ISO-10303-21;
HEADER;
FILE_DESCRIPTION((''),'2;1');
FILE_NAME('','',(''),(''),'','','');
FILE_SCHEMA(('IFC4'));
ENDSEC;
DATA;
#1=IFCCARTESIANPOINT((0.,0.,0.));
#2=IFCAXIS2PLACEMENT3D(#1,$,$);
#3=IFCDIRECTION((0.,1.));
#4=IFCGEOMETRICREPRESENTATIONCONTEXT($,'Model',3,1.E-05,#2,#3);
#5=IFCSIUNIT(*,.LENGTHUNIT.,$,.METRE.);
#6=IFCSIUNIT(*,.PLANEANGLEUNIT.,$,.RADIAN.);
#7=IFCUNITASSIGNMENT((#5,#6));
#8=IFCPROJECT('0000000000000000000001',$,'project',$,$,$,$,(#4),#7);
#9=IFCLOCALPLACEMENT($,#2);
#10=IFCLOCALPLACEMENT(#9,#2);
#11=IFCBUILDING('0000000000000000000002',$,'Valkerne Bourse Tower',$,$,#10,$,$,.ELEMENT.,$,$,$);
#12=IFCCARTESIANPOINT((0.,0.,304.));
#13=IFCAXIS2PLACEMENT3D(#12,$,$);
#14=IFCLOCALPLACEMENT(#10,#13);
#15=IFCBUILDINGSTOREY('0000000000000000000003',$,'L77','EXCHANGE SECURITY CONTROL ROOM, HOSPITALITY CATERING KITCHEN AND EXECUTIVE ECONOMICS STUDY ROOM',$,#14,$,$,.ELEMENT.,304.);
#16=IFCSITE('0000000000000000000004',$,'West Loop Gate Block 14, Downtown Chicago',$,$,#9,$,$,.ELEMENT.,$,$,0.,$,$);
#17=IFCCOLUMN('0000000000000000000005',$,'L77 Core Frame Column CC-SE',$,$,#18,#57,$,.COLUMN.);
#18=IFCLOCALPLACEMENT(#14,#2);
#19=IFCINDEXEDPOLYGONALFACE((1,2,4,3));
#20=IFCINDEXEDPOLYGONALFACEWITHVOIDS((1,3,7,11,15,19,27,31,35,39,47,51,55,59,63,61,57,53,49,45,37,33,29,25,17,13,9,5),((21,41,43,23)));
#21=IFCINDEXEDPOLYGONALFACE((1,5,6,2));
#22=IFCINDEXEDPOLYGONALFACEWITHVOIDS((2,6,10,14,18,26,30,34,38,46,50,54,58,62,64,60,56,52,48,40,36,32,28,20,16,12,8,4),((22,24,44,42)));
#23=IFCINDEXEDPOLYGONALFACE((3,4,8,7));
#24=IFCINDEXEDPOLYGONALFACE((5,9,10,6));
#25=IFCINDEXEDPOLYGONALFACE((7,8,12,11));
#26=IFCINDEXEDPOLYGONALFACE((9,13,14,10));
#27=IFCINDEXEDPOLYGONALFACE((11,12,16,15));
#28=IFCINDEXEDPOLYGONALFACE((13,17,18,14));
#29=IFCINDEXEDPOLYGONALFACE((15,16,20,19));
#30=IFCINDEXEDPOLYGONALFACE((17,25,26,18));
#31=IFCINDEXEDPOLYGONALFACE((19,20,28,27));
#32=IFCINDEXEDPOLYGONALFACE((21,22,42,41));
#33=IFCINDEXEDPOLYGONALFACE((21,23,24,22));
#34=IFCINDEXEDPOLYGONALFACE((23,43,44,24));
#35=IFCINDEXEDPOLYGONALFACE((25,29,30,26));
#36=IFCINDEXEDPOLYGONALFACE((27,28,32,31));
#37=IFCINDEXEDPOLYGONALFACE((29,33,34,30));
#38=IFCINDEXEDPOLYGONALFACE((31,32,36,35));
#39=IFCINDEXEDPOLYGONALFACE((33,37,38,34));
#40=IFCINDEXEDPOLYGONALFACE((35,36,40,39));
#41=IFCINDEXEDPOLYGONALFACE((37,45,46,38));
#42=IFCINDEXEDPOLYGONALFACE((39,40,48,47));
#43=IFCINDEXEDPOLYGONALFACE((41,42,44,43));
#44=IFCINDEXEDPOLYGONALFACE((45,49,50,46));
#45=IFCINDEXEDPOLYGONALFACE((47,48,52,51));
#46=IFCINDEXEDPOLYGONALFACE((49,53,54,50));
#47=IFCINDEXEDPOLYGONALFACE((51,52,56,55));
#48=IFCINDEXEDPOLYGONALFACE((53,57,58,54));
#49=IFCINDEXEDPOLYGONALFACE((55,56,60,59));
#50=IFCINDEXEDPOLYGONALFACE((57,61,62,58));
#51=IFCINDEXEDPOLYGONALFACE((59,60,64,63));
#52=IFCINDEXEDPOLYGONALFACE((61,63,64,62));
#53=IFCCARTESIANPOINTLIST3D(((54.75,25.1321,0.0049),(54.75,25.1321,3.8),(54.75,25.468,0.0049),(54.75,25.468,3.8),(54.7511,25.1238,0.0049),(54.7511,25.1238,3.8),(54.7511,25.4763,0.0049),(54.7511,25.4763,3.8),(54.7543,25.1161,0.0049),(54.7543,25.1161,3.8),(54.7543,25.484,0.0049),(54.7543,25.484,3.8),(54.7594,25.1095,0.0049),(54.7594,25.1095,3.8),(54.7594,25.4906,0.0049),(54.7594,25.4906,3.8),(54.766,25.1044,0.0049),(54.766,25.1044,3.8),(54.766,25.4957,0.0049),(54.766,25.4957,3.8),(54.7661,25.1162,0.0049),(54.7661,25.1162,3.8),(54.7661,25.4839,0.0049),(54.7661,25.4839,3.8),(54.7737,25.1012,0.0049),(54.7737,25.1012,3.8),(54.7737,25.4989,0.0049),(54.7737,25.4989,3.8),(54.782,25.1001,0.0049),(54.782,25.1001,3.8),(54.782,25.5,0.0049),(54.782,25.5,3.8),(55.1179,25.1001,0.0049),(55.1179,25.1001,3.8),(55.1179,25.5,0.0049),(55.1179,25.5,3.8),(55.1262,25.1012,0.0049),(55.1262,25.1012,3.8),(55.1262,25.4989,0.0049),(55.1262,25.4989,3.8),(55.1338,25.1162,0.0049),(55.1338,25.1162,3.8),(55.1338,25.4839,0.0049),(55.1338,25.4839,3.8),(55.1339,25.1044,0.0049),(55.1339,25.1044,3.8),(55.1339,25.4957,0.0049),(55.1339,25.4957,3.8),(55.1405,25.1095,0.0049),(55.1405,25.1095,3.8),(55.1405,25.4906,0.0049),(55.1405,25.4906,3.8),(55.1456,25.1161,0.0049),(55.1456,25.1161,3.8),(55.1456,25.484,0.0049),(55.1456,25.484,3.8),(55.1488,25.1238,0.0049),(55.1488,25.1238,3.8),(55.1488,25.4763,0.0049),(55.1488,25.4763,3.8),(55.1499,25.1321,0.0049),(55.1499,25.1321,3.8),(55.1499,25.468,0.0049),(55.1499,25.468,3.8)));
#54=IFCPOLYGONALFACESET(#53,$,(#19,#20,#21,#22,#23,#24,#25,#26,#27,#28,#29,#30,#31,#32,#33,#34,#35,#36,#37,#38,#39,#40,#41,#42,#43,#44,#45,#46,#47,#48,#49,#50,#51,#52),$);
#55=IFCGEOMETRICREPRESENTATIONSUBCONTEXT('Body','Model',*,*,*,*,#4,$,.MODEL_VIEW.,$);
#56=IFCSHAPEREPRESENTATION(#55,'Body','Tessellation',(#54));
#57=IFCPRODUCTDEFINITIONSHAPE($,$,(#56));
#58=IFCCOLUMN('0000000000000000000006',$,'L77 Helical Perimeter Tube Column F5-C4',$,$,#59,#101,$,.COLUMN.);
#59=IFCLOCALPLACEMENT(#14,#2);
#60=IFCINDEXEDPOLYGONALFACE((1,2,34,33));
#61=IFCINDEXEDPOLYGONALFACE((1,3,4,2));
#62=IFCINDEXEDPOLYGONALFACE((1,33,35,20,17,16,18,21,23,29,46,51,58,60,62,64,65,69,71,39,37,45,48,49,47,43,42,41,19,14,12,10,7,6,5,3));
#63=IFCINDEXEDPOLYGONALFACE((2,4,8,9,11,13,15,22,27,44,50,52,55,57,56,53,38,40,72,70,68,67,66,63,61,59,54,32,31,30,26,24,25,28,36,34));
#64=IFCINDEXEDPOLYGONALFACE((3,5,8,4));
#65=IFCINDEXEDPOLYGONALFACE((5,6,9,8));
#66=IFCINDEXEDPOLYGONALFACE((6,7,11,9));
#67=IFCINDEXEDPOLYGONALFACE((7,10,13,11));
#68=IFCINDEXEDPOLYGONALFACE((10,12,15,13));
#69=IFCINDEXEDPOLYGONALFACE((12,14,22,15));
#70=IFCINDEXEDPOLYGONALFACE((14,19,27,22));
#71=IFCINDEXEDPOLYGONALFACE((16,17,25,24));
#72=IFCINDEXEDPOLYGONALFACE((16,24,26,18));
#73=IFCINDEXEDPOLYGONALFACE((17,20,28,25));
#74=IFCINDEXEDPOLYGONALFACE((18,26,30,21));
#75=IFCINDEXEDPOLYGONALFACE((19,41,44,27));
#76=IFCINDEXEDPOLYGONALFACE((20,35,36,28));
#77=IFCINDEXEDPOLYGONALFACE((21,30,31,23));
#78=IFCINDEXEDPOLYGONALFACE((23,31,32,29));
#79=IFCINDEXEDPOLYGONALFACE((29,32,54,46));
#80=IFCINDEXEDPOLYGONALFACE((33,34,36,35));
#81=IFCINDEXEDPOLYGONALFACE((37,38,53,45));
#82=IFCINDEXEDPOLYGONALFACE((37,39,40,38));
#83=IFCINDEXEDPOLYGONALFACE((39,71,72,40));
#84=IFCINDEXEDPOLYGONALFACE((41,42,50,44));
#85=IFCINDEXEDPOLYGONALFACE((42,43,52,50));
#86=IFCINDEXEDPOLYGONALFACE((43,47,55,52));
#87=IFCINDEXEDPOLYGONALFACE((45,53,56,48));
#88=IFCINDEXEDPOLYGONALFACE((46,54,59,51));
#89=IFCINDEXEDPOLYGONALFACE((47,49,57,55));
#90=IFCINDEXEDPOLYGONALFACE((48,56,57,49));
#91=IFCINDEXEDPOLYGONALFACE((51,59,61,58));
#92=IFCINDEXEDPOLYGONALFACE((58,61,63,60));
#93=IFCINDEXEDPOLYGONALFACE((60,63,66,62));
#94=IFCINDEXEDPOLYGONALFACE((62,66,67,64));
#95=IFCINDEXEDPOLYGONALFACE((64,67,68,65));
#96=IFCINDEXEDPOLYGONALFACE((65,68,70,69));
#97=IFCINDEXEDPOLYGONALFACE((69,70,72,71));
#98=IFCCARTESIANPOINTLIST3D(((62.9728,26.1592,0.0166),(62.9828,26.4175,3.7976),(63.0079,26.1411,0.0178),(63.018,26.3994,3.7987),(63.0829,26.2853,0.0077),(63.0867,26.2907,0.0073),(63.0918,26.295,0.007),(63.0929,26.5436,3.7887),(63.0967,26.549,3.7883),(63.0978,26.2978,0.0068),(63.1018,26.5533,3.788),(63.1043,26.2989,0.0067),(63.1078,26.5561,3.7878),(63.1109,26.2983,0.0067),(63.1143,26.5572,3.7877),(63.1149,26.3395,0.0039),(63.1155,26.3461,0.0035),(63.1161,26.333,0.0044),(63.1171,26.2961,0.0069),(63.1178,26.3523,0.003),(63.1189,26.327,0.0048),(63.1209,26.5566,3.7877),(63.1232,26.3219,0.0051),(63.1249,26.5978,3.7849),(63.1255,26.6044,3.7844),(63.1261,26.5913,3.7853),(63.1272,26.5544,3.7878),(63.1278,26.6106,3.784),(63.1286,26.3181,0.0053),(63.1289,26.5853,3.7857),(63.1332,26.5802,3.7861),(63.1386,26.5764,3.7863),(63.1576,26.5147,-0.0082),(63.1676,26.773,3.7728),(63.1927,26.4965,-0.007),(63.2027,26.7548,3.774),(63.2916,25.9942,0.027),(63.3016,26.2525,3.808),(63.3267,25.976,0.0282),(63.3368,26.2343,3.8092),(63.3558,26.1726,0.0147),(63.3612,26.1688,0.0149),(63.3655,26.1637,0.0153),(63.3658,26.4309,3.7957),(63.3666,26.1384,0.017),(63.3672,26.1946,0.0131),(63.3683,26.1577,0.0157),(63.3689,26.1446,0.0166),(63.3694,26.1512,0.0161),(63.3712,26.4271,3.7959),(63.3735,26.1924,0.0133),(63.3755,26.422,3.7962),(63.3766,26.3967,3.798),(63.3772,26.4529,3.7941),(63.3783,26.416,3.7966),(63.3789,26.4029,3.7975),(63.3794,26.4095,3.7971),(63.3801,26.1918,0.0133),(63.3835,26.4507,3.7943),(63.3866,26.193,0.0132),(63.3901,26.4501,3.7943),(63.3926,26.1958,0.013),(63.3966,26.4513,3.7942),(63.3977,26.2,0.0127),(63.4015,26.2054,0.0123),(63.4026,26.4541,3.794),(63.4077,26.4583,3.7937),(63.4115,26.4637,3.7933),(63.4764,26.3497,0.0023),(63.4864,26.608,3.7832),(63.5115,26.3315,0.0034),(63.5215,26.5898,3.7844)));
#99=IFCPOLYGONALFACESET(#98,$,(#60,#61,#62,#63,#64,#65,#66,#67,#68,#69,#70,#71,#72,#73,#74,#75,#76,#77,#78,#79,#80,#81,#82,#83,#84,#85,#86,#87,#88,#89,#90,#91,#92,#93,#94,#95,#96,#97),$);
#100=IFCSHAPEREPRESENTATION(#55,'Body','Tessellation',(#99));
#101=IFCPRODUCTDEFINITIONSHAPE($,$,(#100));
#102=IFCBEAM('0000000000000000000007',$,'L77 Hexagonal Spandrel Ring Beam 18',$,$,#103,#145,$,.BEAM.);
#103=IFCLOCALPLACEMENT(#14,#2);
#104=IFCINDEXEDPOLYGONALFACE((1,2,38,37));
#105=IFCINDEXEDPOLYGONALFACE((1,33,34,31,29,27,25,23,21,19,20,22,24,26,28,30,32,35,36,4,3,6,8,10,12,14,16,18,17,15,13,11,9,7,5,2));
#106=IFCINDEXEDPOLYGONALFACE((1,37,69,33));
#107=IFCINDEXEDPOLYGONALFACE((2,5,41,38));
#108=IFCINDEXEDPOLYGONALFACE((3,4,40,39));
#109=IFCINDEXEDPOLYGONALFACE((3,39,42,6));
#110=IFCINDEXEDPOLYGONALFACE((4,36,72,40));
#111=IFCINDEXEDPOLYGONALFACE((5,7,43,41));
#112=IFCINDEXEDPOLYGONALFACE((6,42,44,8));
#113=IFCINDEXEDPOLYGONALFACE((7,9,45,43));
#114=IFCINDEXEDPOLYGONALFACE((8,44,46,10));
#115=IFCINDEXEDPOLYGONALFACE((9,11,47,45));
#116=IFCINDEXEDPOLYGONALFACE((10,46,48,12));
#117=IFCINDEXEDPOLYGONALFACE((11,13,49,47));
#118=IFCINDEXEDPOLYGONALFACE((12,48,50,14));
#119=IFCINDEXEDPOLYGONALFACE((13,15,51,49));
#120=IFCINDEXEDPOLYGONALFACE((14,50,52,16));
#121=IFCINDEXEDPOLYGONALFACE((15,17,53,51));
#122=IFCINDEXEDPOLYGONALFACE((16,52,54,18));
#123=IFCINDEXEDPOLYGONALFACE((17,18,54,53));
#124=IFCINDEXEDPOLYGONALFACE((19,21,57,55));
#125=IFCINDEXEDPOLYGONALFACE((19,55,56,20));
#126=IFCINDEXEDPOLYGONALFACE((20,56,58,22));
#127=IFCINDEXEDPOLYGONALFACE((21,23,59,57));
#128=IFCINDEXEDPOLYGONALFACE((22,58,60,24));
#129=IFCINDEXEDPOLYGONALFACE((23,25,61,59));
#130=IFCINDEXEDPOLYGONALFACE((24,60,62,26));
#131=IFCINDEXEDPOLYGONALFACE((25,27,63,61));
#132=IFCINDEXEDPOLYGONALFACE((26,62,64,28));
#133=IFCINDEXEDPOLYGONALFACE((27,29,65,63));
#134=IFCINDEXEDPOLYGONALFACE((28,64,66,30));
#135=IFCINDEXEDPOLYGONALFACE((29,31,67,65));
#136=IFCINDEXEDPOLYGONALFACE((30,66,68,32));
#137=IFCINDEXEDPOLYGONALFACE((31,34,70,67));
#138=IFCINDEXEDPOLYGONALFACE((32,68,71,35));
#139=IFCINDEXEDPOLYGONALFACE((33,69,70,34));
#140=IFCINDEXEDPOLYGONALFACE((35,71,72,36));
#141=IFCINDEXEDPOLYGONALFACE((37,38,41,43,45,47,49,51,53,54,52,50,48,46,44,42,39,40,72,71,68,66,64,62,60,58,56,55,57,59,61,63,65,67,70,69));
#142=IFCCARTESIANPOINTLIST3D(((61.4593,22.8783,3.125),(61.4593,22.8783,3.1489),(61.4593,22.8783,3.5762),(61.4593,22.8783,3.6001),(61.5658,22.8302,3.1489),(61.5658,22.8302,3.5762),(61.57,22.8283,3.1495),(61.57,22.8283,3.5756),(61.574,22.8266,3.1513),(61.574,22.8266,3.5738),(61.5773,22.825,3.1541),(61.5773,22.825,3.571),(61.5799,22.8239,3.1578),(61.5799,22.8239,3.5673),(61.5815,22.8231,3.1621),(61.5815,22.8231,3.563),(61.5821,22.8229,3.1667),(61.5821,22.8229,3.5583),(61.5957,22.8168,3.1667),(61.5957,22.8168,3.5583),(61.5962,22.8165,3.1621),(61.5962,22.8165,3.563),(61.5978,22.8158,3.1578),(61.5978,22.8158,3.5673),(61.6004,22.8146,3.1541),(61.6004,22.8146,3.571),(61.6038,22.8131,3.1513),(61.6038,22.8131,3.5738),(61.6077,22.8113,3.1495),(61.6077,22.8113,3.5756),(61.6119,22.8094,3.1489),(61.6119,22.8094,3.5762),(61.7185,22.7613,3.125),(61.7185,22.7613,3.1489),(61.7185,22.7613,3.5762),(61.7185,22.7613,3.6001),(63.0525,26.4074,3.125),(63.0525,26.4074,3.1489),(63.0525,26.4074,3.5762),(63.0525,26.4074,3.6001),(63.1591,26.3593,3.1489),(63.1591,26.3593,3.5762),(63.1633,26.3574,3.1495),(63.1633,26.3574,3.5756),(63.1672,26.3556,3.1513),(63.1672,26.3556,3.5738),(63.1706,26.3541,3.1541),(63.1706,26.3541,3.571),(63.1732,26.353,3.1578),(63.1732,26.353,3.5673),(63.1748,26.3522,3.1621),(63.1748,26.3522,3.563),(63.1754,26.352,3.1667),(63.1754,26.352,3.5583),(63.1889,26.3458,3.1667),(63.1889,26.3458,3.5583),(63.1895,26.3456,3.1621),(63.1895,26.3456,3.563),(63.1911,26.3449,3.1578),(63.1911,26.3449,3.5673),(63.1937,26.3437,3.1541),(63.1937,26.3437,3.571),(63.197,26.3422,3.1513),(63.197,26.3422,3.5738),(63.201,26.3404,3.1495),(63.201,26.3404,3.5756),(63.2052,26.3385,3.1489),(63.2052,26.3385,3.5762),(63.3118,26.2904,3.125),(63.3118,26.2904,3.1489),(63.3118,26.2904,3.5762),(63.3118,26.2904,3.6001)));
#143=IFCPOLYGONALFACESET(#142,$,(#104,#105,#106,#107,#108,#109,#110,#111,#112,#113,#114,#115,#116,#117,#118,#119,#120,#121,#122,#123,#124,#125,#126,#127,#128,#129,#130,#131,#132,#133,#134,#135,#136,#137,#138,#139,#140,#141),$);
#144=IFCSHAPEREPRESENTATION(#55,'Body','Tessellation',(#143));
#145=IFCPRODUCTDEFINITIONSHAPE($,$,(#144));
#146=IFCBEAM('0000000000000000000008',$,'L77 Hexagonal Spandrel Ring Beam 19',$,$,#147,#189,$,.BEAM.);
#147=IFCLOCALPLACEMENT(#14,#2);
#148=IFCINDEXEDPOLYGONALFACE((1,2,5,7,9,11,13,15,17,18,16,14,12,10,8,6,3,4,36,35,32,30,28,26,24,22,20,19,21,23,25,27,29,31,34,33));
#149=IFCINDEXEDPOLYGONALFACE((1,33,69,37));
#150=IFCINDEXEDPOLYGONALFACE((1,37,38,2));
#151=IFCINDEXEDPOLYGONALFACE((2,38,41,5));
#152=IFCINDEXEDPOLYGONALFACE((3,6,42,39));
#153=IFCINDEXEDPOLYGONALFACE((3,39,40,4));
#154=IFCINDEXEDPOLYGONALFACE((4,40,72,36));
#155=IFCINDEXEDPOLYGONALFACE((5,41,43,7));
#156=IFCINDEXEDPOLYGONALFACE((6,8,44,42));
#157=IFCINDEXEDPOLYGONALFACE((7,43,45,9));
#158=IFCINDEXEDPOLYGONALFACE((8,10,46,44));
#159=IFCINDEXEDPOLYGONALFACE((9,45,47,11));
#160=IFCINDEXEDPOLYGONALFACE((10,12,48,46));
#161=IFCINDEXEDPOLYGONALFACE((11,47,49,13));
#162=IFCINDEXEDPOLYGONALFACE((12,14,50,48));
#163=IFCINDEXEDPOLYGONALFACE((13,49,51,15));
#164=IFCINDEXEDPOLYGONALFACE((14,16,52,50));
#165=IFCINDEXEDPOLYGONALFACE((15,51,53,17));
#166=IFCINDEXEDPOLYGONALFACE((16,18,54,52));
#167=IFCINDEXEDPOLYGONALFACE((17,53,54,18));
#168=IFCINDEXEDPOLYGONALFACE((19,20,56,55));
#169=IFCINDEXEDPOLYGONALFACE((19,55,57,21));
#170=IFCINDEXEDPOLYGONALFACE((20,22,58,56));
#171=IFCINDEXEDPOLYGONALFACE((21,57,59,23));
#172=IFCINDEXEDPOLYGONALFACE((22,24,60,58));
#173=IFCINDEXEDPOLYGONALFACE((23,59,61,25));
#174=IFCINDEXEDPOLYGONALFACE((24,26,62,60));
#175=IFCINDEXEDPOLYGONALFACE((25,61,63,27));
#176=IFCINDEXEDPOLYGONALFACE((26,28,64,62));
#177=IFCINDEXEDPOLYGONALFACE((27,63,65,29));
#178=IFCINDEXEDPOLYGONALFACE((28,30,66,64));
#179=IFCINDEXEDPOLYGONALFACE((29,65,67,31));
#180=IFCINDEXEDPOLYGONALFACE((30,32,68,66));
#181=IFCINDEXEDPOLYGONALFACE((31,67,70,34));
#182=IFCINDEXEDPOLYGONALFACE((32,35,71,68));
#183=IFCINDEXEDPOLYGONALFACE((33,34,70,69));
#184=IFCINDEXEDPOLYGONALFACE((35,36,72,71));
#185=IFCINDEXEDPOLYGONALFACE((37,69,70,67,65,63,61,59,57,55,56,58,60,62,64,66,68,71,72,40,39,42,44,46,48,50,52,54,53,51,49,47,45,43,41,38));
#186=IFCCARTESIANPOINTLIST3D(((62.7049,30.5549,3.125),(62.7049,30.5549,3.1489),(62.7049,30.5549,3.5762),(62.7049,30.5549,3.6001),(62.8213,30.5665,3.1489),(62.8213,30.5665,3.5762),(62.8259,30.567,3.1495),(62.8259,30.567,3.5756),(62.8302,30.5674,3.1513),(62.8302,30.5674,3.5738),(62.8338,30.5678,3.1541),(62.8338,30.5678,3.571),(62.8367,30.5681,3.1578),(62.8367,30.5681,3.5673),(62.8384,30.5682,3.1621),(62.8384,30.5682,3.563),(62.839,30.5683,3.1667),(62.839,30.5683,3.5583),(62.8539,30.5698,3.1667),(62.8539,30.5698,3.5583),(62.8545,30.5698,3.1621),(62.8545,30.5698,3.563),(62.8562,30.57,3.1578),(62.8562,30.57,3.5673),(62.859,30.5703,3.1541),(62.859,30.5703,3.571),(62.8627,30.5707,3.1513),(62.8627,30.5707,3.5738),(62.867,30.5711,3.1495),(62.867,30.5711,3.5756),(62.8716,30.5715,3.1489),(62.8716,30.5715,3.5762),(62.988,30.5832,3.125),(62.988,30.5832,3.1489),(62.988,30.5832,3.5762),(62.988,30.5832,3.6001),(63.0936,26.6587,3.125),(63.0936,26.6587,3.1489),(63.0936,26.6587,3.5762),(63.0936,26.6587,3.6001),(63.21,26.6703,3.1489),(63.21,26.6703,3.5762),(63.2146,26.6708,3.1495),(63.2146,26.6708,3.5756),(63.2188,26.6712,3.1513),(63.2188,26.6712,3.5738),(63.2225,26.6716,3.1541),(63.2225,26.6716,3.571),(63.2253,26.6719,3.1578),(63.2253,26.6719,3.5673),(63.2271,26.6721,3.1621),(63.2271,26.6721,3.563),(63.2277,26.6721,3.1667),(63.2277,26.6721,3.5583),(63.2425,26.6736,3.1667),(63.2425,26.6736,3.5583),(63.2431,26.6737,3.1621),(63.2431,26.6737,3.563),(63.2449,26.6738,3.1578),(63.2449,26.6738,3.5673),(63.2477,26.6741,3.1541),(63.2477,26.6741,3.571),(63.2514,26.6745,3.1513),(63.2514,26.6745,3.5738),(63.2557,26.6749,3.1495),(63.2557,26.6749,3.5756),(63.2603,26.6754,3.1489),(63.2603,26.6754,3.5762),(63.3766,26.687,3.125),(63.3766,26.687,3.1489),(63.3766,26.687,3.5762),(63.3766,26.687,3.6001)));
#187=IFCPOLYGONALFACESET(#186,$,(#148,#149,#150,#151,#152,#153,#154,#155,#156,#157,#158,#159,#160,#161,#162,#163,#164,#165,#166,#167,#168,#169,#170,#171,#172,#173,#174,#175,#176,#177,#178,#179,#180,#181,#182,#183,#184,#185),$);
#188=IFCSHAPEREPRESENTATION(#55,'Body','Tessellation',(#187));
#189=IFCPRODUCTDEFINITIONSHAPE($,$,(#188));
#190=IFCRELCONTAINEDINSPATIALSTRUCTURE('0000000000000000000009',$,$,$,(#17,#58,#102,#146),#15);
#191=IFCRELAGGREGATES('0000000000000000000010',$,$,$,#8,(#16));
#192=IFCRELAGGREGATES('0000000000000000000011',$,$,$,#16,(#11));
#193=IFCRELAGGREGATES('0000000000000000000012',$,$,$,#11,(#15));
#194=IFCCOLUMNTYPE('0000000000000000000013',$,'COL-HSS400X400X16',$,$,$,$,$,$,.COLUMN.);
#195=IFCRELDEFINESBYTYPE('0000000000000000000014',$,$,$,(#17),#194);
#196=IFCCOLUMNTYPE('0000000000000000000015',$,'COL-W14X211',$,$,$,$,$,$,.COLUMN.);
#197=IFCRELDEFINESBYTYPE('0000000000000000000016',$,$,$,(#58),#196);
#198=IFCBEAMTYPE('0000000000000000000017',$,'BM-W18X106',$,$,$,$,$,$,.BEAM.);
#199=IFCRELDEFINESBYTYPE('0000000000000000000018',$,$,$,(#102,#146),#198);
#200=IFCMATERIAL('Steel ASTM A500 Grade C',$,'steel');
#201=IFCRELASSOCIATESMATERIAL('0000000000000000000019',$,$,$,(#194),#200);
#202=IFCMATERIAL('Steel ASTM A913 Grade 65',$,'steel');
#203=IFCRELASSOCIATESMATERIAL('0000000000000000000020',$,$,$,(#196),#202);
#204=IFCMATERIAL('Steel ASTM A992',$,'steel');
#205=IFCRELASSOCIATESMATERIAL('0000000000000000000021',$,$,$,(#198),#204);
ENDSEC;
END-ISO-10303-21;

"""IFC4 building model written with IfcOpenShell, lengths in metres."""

from ifc_helpers import new_model, si_unit, direction, frame, origin, origin_2d, place, context, subcontext, project, spatial, hollow_rectangle, i_section, extrude, material, material_profile, profile_set, type_object, element, save


model = new_model("IFC4")

# Units and contexts
model_context = context("Model", 3, precision=1e-05, world=origin(), true_north=direction((0.0, 1.0)))
body_context = subcontext(model_context, "Body", "Model", "MODEL_VIEW")
ifc_project = project(units=[si_unit("LENGTHUNIT", "METRE"), si_unit("PLANEANGLEUNIT", "RADIAN")], contexts=[model_context])

# Site, building, storey
site_placement = place(None, origin())
site = spatial("IfcSite", under=ifc_project, at=site_placement, Name="West Loop Gate Block 14, Downtown Chicago", CompositionType="ELEMENT", RefElevation=0.0)
building_placement = place(site_placement, origin())
building = spatial("IfcBuilding", under=site, at=building_placement, Name="Valkerne Bourse Tower", CompositionType="ELEMENT")
storey_placement = place(building_placement, frame((0.0, 0.0, 304.0)))
storey = spatial("IfcBuildingStorey", under=building, at=storey_placement, Name="L77", Description="EXCHANGE SECURITY CONTROL ROOM, HOSPITALITY CATERING KITCHEN AND EXECUTIVE ECONOMICS STUDY ROOM", CompositionType="ELEMENT", Elevation=304.0)

# Columns
ifc_material_1 = material(Name="Steel ASTM A500 Grade C", Category="steel")
ifc_material_profile_1 = material_profile(ifc_material_1, hollow_rectangle(XDim=0.3999, YDim=0.3999, WallThickness=0.0161, OuterFilletRadius=0.032, at=origin_2d()), Name="HSS400X400X16")
ifc_profile_set_1 = profile_set([ifc_material_profile_1], Name="Steel ASTM A500 Grade C")
column_type_1 = type_object("IfcColumnType", Name="COL-HSS400X400X16", PredefinedType="COLUMN", material=ifc_profile_set_1)
column_1_placement = place(storey_placement, frame((54.95, 25.3, 0.0049), z_axis=(0.0, 0.0, 1.0), x_axis=(1.0, 0.0, 0.0)))
element("IfcColumn", 1, at=column_1_placement, inside=storey, type_object=column_type_1, Name="L77 Core Frame Column CC-SE", PredefinedType="COLUMN", context=body_context, shape_type="SweptSolid", body=[
    extrude(hollow_rectangle(XDim=0.3999, YDim=0.3999, WallThickness=0.0161, OuterFilletRadius=0.032, at=origin_2d()), origin(), (0.0, 0.0, 1.0), 3.7952),
])
ifc_material_2 = material(Name="Steel ASTM A913 Grade 65", Category="steel")
ifc_material_profile_2 = material_profile(ifc_material_2, i_section(OverallWidth=0.4014, OverallDepth=0.3987, WebThickness=0.0249, FlangeThickness=0.0396, FilletRadius=0.0254, at=origin_2d()), Name="W14X211")
ifc_profile_set_2 = profile_set([ifc_material_profile_2], Name="Steel ASTM A913 Grade 65")
column_type_2 = type_object("IfcColumnType", Name="COL-W14X211", PredefinedType="COLUMN", material=ifc_profile_set_2)
column_2_placement = place(storey_placement, frame((63.2422, 26.2454, 0.01), z_axis=(0.002641, 0.068156, 0.997671), x_axis=(-0.460416, -0.885555, 0.061716)))
element("IfcColumn", 2, at=column_2_placement, inside=storey, type_object=column_type_2, Name="L77 Helical Perimeter Tube Column F5-C4", PredefinedType="COLUMN", context=body_context, shape_type="SweptSolid", body=[
    extrude(i_section(OverallWidth=0.4014, OverallDepth=0.3987, WebThickness=0.0249, FlangeThickness=0.0396, FilletRadius=0.0254, at=origin_2d()), origin(), (0.0, 0.0, 1.0), 3.7898),
])

# Beams
ifc_material_3 = material(Name="Steel ASTM A992", Category="steel")
ifc_material_profile_3 = material_profile(ifc_material_3, i_section(OverallWidth=0.2844, OverallDepth=0.4751, WebThickness=0.0149, FlangeThickness=0.0239, FilletRadius=0.0178, at=origin_2d()), Name="W18X106")
ifc_profile_set_3 = profile_set([ifc_material_profile_3], Name="Steel ASTM A992")
beam_type_1 = type_object("IfcBeamType", Name="BM-W18X106", PredefinedType="BEAM", material=ifc_profile_set_3)
beam_1_placement = place(storey_placement, frame((61.5889, 22.8198, 3.3625), z_axis=(0.411479, 0.911419, 0.0), x_axis=(-0.911419, 0.411479, 0.0)))
element("IfcBeam", 3, at=beam_1_placement, inside=storey, type_object=beam_type_1, Name="L77 Hexagonal Spandrel Ring Beam 18", PredefinedType="BEAM", context=body_context, shape_type="SweptSolid", body=[
    extrude(i_section(OverallWidth=0.2844, OverallDepth=0.4751, WebThickness=0.0149, FlangeThickness=0.0239, FilletRadius=0.0178, at=origin_2d()), origin(), (0.0, 0.0, 1.0), 3.8721),
])
beam_2_placement = place(storey_placement, frame((63.2351, 26.6729, 3.3625), z_axis=(-0.099263, 0.995061, 0.0), x_axis=(-0.995061, -0.099263, 0.0)))
element("IfcBeam", 4, at=beam_2_placement, inside=storey, type_object=beam_type_1, Name="L77 Hexagonal Spandrel Ring Beam 19", PredefinedType="BEAM", context=body_context, shape_type="SweptSolid", body=[
    extrude(i_section(OverallWidth=0.2844, OverallDepth=0.4751, WebThickness=0.0149, FlangeThickness=0.0239, FilletRadius=0.0178, at=origin_2d()), origin(), (0.0, 0.0, 1.0), 3.9155),
])

save(model, "model.ifc")
